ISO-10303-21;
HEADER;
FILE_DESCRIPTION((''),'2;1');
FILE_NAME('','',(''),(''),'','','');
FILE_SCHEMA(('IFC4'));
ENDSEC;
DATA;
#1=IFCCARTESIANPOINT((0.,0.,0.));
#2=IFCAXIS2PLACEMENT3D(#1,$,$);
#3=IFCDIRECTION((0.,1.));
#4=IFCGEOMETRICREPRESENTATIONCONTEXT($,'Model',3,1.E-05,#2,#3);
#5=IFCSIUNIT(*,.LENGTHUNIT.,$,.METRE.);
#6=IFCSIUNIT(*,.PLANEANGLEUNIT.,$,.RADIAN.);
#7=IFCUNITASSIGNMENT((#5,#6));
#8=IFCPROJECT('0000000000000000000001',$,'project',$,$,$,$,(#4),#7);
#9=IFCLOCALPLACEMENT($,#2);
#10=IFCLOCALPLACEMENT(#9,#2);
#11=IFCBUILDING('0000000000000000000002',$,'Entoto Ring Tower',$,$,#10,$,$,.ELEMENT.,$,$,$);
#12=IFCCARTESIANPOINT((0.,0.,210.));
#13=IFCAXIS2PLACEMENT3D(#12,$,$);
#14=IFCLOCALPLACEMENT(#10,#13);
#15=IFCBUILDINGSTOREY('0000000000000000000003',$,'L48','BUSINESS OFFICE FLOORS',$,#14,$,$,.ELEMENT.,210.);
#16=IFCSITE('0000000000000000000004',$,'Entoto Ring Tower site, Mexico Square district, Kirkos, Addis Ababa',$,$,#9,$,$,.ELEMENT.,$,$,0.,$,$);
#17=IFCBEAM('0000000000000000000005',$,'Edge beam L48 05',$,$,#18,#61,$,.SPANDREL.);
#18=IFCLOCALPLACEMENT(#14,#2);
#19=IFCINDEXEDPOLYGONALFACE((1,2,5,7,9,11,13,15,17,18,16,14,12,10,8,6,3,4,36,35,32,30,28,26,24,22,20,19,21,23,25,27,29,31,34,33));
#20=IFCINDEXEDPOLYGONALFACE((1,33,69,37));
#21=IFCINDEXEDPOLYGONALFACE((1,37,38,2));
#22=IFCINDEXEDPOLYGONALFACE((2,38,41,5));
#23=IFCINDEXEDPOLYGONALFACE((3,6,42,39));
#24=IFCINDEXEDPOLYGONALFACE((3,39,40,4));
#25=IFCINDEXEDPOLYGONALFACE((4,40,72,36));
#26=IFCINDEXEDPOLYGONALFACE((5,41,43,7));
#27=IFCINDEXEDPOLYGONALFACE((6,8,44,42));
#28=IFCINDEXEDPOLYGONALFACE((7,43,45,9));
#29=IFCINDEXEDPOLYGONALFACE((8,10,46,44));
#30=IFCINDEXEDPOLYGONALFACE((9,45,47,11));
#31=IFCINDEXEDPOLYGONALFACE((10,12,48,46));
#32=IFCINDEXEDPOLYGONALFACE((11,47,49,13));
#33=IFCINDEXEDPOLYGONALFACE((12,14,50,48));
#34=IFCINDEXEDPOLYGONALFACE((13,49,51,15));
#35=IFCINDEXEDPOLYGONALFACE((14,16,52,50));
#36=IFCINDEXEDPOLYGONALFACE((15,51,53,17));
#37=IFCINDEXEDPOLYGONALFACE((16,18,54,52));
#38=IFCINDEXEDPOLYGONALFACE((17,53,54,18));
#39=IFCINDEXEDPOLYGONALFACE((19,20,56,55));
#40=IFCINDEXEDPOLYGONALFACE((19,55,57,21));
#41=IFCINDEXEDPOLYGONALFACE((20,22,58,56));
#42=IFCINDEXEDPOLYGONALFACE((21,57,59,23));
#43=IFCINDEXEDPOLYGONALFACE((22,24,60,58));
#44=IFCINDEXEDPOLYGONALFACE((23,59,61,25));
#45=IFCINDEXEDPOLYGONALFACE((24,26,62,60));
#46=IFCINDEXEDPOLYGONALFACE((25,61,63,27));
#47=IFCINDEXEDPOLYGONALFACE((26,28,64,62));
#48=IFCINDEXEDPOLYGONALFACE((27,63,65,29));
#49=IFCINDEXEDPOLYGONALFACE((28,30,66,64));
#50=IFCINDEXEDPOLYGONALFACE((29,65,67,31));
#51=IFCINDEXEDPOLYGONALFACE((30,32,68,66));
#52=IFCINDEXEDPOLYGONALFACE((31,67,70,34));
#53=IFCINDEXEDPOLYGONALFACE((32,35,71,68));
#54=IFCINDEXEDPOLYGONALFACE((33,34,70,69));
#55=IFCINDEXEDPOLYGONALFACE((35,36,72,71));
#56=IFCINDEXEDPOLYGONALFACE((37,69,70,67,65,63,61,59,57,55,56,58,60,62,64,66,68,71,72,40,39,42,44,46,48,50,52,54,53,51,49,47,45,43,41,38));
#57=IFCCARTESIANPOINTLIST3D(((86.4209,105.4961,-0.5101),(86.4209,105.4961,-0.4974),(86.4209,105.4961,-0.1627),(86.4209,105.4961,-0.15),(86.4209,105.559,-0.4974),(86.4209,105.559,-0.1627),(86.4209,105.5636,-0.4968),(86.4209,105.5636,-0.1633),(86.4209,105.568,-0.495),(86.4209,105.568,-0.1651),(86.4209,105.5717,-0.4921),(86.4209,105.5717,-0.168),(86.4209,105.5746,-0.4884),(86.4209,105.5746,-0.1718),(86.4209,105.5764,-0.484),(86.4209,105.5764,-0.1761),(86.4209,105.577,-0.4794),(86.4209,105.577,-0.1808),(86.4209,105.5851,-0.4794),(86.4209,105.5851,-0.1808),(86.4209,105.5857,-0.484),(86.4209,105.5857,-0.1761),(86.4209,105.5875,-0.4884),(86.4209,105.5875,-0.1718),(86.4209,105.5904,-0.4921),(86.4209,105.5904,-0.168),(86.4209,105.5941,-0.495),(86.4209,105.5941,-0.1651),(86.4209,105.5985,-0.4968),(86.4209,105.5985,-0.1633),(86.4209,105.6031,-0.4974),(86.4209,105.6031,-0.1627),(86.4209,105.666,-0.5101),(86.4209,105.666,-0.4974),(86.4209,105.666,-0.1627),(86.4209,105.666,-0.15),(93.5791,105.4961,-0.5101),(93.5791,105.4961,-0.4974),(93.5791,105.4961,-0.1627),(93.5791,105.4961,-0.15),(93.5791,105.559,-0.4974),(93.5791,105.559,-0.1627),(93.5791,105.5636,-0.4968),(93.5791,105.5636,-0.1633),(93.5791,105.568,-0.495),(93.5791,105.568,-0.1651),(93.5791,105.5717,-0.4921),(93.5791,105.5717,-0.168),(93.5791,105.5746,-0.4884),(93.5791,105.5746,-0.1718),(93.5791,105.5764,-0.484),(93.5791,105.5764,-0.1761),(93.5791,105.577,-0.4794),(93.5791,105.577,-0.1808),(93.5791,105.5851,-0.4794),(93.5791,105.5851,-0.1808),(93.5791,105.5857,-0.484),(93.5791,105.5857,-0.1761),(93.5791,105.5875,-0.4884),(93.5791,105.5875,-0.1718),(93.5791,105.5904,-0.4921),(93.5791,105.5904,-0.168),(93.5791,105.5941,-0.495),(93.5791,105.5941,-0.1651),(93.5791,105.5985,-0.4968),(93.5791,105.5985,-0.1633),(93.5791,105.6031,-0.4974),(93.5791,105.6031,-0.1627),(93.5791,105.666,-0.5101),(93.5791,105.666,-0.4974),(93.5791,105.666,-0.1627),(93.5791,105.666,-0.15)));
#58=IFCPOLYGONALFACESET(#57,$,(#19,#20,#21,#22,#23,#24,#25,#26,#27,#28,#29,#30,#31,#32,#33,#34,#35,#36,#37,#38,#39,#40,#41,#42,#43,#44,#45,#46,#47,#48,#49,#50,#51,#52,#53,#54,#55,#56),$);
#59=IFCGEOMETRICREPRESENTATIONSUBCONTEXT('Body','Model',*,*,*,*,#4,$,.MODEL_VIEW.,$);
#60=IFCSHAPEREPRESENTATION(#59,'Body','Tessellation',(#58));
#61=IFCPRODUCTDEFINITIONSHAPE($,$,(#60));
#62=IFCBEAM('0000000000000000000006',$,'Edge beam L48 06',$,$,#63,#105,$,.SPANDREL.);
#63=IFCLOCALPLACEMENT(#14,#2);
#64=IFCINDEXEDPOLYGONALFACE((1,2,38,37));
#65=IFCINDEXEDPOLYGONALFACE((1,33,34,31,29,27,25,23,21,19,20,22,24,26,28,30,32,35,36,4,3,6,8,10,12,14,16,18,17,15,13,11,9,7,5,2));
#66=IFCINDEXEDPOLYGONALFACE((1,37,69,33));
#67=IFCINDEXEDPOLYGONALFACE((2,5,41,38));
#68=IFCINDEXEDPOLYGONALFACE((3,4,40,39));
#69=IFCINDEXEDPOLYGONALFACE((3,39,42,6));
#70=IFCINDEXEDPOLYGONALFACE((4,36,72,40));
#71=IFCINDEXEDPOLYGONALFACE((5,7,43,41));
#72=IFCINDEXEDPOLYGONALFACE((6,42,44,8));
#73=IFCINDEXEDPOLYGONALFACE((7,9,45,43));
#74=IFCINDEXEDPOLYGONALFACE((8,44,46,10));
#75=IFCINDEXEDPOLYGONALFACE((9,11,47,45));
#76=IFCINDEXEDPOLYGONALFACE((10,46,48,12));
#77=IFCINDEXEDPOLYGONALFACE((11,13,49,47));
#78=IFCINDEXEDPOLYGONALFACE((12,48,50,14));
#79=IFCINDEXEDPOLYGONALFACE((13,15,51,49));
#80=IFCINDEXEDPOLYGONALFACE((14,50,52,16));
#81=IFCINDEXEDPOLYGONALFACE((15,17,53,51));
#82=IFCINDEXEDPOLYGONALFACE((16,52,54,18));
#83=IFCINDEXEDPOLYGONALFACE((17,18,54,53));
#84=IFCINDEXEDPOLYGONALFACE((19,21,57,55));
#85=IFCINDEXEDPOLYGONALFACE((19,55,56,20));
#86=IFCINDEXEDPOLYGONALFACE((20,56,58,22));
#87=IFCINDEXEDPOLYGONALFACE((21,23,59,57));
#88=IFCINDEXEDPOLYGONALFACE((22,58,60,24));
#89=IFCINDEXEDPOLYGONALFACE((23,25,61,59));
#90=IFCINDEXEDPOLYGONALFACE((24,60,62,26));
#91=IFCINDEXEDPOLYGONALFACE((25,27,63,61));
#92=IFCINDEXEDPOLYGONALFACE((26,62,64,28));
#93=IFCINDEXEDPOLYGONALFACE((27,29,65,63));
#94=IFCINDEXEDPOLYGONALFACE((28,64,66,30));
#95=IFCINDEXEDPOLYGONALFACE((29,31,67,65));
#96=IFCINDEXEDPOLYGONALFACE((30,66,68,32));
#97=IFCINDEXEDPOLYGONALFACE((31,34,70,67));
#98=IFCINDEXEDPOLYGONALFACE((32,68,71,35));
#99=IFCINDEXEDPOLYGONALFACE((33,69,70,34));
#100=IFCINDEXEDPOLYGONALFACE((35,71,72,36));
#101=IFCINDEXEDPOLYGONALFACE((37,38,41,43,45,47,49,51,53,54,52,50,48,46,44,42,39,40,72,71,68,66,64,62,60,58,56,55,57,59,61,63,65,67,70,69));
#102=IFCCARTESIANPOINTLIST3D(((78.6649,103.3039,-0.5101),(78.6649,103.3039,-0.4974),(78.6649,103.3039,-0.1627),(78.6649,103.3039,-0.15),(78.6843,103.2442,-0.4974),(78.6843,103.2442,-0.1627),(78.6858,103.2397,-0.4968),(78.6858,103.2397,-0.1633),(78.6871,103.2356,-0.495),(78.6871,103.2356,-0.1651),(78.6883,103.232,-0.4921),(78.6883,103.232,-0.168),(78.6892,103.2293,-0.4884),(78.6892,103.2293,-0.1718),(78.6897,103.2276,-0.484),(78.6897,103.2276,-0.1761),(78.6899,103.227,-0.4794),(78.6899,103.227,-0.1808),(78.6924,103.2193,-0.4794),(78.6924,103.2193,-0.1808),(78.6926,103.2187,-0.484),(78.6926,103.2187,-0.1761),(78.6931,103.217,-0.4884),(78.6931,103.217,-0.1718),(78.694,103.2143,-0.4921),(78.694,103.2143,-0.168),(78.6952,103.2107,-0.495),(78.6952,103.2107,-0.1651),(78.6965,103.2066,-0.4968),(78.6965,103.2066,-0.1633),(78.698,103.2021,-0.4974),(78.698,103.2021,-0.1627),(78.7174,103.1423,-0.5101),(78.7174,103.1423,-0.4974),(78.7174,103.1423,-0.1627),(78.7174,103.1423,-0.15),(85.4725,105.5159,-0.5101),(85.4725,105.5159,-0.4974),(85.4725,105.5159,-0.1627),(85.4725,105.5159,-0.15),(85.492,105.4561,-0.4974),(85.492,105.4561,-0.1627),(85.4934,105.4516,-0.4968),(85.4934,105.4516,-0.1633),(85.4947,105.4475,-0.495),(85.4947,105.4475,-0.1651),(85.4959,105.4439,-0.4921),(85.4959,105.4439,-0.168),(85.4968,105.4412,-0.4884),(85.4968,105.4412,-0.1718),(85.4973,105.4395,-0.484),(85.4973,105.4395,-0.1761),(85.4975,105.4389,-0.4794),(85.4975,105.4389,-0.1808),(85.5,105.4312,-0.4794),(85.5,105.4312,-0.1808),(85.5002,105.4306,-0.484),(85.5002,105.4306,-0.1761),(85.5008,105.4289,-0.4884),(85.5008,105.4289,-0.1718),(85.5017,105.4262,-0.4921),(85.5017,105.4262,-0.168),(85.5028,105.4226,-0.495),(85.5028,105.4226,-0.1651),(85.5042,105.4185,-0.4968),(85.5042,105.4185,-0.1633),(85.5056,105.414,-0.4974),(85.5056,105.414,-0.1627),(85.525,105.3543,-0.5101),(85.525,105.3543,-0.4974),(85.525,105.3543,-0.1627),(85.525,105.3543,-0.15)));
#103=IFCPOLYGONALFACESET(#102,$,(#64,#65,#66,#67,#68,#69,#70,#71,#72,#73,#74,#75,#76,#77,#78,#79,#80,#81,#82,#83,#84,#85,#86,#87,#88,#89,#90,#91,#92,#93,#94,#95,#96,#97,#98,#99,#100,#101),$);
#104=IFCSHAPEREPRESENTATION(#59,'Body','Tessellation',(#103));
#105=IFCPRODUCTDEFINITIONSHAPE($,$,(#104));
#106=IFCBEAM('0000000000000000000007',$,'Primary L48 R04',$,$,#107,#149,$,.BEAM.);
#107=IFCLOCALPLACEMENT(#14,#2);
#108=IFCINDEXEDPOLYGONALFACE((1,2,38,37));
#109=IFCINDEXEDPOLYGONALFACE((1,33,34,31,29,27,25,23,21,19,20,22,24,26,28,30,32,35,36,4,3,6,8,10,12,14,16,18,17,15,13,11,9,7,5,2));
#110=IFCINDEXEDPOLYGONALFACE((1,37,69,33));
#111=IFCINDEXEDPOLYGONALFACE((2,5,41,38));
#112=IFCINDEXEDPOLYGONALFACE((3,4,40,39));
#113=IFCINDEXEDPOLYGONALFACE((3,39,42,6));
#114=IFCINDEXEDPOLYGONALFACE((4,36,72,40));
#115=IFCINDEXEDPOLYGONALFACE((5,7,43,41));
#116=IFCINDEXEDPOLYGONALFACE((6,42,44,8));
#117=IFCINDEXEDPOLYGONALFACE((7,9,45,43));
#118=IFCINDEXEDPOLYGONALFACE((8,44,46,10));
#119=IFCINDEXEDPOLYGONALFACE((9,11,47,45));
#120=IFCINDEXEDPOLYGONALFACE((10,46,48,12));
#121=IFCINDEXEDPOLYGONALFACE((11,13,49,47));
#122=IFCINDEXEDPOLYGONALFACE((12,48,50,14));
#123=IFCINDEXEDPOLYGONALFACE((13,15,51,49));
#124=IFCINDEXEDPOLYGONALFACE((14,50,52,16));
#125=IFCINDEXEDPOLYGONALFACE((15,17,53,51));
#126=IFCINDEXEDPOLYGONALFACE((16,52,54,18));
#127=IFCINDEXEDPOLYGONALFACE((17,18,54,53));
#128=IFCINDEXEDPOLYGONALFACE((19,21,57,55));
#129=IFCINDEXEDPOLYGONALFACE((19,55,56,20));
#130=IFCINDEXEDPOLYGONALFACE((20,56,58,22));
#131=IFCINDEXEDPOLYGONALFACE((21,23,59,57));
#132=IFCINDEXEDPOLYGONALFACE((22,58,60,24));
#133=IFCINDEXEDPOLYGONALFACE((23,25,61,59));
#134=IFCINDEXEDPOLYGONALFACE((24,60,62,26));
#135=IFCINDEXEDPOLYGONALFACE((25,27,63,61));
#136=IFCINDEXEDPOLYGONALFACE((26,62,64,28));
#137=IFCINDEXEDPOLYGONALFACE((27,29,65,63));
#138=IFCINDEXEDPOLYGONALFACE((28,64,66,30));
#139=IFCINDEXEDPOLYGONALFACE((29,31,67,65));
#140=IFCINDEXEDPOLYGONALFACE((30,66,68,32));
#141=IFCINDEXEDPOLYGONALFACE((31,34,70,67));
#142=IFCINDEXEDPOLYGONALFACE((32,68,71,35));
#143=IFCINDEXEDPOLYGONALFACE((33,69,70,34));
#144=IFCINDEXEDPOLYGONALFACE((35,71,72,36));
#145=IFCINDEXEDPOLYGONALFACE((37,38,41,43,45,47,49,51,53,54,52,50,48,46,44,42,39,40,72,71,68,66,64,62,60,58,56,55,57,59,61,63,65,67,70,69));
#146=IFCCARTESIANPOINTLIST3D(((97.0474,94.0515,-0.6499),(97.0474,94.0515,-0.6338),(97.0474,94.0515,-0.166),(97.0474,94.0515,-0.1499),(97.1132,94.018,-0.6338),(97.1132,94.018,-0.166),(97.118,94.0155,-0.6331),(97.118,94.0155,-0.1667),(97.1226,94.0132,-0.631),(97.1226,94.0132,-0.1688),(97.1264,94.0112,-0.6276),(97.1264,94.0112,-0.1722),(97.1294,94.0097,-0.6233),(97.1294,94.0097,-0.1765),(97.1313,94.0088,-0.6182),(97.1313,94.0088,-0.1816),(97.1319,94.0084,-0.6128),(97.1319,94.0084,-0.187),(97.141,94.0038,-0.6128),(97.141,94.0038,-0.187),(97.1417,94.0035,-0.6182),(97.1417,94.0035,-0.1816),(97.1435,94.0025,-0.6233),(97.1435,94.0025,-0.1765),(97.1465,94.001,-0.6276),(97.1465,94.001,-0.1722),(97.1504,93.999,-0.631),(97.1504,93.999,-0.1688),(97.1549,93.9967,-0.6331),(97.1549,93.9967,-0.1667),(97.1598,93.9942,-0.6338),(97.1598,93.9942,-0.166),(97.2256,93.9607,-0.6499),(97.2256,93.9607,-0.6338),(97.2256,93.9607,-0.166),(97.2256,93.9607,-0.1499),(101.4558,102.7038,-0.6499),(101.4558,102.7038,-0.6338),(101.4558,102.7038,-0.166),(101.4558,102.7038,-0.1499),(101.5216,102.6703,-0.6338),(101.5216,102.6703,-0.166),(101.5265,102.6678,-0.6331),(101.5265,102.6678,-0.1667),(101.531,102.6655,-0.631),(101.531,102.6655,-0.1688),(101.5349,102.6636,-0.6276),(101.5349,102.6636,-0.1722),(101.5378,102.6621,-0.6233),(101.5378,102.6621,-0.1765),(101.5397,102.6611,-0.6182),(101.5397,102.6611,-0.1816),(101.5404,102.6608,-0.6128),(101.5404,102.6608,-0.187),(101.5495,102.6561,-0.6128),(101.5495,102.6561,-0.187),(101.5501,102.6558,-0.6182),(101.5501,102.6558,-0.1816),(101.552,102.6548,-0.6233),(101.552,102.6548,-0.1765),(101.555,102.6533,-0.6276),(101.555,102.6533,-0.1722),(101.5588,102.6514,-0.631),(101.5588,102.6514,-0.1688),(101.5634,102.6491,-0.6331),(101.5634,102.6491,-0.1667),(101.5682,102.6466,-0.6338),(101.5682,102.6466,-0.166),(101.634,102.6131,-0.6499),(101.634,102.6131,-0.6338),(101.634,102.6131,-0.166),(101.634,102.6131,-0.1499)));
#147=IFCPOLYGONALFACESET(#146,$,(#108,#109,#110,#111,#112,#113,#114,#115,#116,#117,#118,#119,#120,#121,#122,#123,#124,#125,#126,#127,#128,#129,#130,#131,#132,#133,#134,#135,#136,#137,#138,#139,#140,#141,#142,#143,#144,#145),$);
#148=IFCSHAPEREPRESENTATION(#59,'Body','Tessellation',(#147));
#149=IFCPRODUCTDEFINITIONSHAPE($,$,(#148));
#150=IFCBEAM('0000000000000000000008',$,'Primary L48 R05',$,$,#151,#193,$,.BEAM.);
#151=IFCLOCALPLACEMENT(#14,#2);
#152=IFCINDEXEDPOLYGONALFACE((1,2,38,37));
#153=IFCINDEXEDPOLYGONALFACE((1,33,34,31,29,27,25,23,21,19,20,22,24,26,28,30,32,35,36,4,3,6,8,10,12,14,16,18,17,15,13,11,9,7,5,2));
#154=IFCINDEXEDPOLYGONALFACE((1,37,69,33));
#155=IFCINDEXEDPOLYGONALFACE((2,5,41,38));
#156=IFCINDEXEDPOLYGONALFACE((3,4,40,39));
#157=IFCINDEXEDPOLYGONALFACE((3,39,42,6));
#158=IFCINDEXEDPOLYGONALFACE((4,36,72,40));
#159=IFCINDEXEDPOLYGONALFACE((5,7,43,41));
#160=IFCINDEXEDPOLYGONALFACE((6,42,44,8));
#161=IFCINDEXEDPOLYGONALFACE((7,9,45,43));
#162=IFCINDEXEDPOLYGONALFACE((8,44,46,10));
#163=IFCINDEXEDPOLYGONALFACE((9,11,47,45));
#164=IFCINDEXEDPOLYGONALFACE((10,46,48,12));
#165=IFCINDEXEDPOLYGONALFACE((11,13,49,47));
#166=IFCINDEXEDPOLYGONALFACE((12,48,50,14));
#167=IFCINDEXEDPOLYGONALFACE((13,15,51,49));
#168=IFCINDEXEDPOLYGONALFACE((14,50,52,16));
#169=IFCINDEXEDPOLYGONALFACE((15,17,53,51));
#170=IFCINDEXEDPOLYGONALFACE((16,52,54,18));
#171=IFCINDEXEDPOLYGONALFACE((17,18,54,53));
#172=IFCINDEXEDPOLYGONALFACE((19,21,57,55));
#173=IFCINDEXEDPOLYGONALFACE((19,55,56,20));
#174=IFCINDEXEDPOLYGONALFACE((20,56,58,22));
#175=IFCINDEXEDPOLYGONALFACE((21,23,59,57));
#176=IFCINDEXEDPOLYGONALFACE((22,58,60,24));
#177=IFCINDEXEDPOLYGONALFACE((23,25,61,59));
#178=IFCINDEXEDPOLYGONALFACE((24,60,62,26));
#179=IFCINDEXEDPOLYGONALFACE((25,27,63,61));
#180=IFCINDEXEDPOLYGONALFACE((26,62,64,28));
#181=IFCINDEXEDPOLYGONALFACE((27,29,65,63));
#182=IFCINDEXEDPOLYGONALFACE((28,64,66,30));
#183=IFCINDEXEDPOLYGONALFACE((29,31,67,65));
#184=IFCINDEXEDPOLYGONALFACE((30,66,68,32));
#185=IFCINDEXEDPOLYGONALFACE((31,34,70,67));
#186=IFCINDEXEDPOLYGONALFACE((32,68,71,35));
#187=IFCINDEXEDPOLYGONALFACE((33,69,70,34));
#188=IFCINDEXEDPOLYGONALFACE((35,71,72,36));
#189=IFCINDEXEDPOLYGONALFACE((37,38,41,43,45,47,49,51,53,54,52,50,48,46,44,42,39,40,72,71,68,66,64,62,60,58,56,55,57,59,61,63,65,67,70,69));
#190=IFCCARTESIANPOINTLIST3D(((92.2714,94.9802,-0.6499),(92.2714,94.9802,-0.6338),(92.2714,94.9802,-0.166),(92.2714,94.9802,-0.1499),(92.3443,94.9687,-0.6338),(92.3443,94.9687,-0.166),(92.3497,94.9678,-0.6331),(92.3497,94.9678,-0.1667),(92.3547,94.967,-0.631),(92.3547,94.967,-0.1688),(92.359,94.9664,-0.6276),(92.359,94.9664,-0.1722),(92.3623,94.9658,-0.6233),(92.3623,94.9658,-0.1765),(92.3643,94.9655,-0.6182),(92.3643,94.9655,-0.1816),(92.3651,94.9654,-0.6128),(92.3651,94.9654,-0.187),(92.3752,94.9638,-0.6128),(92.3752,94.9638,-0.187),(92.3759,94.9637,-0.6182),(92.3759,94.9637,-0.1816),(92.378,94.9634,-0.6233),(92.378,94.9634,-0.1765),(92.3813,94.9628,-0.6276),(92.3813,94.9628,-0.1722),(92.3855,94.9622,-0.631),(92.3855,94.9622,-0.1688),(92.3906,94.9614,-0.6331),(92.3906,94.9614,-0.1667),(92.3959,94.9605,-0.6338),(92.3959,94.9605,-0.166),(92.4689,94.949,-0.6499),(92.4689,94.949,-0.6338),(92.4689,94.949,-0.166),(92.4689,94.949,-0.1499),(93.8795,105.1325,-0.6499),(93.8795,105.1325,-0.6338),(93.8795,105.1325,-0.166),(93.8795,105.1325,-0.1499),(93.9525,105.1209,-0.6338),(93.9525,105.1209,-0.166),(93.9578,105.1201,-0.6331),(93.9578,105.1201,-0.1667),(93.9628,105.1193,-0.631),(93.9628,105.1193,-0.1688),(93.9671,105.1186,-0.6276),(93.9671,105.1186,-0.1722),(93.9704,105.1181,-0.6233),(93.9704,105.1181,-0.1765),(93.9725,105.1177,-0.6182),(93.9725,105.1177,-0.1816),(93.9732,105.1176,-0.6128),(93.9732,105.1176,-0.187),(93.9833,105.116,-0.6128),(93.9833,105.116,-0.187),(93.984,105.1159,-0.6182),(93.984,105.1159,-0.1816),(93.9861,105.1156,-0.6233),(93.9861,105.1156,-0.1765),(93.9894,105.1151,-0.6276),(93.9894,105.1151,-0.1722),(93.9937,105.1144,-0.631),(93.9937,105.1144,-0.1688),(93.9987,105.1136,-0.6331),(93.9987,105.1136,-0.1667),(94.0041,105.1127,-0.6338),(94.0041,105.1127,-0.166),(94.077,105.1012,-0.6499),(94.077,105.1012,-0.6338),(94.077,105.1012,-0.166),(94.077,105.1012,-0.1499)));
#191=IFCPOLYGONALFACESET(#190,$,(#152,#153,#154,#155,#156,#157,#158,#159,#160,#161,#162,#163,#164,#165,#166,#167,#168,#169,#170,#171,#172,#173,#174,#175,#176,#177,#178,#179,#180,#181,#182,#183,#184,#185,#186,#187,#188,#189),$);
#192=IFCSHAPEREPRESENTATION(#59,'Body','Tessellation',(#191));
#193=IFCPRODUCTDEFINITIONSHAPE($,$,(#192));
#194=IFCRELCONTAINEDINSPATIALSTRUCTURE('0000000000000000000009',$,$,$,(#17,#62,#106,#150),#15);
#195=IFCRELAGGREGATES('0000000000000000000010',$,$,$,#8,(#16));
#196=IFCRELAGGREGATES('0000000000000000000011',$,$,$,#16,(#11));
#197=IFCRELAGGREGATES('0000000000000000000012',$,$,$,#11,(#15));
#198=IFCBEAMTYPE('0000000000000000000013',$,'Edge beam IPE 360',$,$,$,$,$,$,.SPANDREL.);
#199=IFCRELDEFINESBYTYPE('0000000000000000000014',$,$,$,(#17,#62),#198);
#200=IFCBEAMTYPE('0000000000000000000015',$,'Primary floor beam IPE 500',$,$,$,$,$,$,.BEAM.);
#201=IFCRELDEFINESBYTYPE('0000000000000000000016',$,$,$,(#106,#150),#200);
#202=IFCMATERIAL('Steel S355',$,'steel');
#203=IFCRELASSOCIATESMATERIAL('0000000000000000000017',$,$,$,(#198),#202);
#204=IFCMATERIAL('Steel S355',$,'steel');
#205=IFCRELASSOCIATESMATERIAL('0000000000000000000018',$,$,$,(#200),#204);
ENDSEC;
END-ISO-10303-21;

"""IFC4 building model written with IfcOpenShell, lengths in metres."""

from ifc_helpers import new_model, si_unit, direction, frame, origin, origin_2d, place, context, subcontext, project, spatial, i_section, extrude, material, material_profile, profile_set, type_object, element, save


model = new_model("IFC4")

# Units and contexts
model_context = context("Model", 3, precision=1e-05, world=origin(), true_north=direction((0.0, 1.0)))
body_context = subcontext(model_context, "Body", "Model", "MODEL_VIEW")
ifc_project = project(units=[si_unit("LENGTHUNIT", "METRE"), si_unit("PLANEANGLEUNIT", "RADIAN")], contexts=[model_context])

# Site, building, storey
site_placement = place(None, origin())
site = spatial("IfcSite", under=ifc_project, at=site_placement, Name="Entoto Ring Tower site, Mexico Square district, Kirkos, Addis Ababa", CompositionType="ELEMENT", RefElevation=0.0)
building_placement = place(site_placement, origin())
building = spatial("IfcBuilding", under=site, at=building_placement, Name="Entoto Ring Tower", CompositionType="ELEMENT")
storey_placement = place(building_placement, frame((0.0, 0.0, 210.0)))
storey = spatial("IfcBuildingStorey", under=building, at=storey_placement, Name="L48", Description="BUSINESS OFFICE FLOORS", CompositionType="ELEMENT", Elevation=210.0)

# Beams
ifc_material_1 = material(Name="Steel S355", Category="steel")
ifc_material_profile_1 = material_profile(ifc_material_1, i_section(OverallWidth=0.1699, OverallDepth=0.3601, WebThickness=0.0081, FlangeThickness=0.0127, FilletRadius=0.0181, at=origin_2d()), Name="IPE 360")
ifc_profile_set_1 = profile_set([ifc_material_profile_1], Name="Steel S355")
beam_type_1 = type_object("IfcBeamType", Name="Edge beam IPE 360", PredefinedType="SPANDREL", material=ifc_profile_set_1)
beam_1_placement = place(storey_placement, frame((93.5791, 105.5811, -0.3301), z_axis=(-1.0, 0.0, 0.0), x_axis=(0.0, -1.0, 0.0)))
element("IfcBeam", 1, at=beam_1_placement, inside=storey, type_object=beam_type_1, Name="Edge beam L48 05", PredefinedType="SPANDREL", context=body_context, shape_type="SweptSolid", body=[
    extrude(i_section(OverallWidth=0.1699, OverallDepth=0.3601, WebThickness=0.0081, FlangeThickness=0.0127, FilletRadius=0.0181, at=origin_2d()), origin(), (0.0, 0.0, 1.0), 7.1582),
])
beam_2_placement = place(storey_placement, frame((85.4988, 105.4351, -0.3301), z_axis=(-0.951057, -0.309015, 0.0), x_axis=(0.309015, -0.951057, 0.0)))
element("IfcBeam", 2, at=beam_2_placement, inside=storey, type_object=beam_type_1, Name="Edge beam L48 06", PredefinedType="SPANDREL", context=body_context, shape_type="SweptSolid", body=[
    extrude(i_section(OverallWidth=0.1699, OverallDepth=0.3601, WebThickness=0.0081, FlangeThickness=0.0127, FilletRadius=0.0181, at=origin_2d()), origin(), (0.0, 0.0, 1.0), 7.158),
])
ifc_material_2 = material(Name="Steel S355", Category="steel")
ifc_material_profile_2 = material_profile(ifc_material_2, i_section(OverallWidth=0.2, OverallDepth=0.5, WebThickness=0.0103, FlangeThickness=0.0161, FilletRadius=0.021, at=origin_2d()), Name="IPE 500")
ifc_profile_set_2 = profile_set([ifc_material_profile_2], Name="Steel S355")
beam_type_2 = type_object("IfcBeamType", Name="Primary floor beam IPE 500", PredefinedType="BEAM", material=ifc_profile_set_2)
beam_3_placement = place(storey_placement, frame((97.1365, 94.0061, -0.3999), z_axis=(0.453979, 0.891012, 0.0), x_axis=(-0.891012, 0.453979, 0.0)))
element("IfcBeam", 3, at=beam_3_placement, inside=storey, type_object=beam_type_2, Name="Primary L48 R04", PredefinedType="BEAM", context=body_context, shape_type="SweptSolid", body=[
    extrude(i_section(OverallWidth=0.2, OverallDepth=0.5, WebThickness=0.0103, FlangeThickness=0.0161, FilletRadius=0.021, at=origin_2d()), origin(), (0.0, 0.0, 1.0), 9.7107),
])
for number, where, z_axis, x_axis, name in (
    (4, (92.3701, 94.9646, -0.3999), (0.156452, 0.987686, 0.0), (-0.987686, 0.156452, 0.0), "Primary L48 R05"),
):
    element("IfcBeam", number, at=place(storey_placement, frame(where, z_axis=z_axis, x_axis=x_axis)), inside=storey, type_object=beam_type_2, Name=name, PredefinedType="BEAM", context=body_context, shape_type="SweptSolid", body=[
        extrude(i_section(OverallWidth=0.2, OverallDepth=0.5, WebThickness=0.0103, FlangeThickness=0.0161, FilletRadius=0.021, at=origin_2d()), origin(), (0.0, 0.0, 1.0), 10.2788),
    ])

save(model, "model.ifc")
